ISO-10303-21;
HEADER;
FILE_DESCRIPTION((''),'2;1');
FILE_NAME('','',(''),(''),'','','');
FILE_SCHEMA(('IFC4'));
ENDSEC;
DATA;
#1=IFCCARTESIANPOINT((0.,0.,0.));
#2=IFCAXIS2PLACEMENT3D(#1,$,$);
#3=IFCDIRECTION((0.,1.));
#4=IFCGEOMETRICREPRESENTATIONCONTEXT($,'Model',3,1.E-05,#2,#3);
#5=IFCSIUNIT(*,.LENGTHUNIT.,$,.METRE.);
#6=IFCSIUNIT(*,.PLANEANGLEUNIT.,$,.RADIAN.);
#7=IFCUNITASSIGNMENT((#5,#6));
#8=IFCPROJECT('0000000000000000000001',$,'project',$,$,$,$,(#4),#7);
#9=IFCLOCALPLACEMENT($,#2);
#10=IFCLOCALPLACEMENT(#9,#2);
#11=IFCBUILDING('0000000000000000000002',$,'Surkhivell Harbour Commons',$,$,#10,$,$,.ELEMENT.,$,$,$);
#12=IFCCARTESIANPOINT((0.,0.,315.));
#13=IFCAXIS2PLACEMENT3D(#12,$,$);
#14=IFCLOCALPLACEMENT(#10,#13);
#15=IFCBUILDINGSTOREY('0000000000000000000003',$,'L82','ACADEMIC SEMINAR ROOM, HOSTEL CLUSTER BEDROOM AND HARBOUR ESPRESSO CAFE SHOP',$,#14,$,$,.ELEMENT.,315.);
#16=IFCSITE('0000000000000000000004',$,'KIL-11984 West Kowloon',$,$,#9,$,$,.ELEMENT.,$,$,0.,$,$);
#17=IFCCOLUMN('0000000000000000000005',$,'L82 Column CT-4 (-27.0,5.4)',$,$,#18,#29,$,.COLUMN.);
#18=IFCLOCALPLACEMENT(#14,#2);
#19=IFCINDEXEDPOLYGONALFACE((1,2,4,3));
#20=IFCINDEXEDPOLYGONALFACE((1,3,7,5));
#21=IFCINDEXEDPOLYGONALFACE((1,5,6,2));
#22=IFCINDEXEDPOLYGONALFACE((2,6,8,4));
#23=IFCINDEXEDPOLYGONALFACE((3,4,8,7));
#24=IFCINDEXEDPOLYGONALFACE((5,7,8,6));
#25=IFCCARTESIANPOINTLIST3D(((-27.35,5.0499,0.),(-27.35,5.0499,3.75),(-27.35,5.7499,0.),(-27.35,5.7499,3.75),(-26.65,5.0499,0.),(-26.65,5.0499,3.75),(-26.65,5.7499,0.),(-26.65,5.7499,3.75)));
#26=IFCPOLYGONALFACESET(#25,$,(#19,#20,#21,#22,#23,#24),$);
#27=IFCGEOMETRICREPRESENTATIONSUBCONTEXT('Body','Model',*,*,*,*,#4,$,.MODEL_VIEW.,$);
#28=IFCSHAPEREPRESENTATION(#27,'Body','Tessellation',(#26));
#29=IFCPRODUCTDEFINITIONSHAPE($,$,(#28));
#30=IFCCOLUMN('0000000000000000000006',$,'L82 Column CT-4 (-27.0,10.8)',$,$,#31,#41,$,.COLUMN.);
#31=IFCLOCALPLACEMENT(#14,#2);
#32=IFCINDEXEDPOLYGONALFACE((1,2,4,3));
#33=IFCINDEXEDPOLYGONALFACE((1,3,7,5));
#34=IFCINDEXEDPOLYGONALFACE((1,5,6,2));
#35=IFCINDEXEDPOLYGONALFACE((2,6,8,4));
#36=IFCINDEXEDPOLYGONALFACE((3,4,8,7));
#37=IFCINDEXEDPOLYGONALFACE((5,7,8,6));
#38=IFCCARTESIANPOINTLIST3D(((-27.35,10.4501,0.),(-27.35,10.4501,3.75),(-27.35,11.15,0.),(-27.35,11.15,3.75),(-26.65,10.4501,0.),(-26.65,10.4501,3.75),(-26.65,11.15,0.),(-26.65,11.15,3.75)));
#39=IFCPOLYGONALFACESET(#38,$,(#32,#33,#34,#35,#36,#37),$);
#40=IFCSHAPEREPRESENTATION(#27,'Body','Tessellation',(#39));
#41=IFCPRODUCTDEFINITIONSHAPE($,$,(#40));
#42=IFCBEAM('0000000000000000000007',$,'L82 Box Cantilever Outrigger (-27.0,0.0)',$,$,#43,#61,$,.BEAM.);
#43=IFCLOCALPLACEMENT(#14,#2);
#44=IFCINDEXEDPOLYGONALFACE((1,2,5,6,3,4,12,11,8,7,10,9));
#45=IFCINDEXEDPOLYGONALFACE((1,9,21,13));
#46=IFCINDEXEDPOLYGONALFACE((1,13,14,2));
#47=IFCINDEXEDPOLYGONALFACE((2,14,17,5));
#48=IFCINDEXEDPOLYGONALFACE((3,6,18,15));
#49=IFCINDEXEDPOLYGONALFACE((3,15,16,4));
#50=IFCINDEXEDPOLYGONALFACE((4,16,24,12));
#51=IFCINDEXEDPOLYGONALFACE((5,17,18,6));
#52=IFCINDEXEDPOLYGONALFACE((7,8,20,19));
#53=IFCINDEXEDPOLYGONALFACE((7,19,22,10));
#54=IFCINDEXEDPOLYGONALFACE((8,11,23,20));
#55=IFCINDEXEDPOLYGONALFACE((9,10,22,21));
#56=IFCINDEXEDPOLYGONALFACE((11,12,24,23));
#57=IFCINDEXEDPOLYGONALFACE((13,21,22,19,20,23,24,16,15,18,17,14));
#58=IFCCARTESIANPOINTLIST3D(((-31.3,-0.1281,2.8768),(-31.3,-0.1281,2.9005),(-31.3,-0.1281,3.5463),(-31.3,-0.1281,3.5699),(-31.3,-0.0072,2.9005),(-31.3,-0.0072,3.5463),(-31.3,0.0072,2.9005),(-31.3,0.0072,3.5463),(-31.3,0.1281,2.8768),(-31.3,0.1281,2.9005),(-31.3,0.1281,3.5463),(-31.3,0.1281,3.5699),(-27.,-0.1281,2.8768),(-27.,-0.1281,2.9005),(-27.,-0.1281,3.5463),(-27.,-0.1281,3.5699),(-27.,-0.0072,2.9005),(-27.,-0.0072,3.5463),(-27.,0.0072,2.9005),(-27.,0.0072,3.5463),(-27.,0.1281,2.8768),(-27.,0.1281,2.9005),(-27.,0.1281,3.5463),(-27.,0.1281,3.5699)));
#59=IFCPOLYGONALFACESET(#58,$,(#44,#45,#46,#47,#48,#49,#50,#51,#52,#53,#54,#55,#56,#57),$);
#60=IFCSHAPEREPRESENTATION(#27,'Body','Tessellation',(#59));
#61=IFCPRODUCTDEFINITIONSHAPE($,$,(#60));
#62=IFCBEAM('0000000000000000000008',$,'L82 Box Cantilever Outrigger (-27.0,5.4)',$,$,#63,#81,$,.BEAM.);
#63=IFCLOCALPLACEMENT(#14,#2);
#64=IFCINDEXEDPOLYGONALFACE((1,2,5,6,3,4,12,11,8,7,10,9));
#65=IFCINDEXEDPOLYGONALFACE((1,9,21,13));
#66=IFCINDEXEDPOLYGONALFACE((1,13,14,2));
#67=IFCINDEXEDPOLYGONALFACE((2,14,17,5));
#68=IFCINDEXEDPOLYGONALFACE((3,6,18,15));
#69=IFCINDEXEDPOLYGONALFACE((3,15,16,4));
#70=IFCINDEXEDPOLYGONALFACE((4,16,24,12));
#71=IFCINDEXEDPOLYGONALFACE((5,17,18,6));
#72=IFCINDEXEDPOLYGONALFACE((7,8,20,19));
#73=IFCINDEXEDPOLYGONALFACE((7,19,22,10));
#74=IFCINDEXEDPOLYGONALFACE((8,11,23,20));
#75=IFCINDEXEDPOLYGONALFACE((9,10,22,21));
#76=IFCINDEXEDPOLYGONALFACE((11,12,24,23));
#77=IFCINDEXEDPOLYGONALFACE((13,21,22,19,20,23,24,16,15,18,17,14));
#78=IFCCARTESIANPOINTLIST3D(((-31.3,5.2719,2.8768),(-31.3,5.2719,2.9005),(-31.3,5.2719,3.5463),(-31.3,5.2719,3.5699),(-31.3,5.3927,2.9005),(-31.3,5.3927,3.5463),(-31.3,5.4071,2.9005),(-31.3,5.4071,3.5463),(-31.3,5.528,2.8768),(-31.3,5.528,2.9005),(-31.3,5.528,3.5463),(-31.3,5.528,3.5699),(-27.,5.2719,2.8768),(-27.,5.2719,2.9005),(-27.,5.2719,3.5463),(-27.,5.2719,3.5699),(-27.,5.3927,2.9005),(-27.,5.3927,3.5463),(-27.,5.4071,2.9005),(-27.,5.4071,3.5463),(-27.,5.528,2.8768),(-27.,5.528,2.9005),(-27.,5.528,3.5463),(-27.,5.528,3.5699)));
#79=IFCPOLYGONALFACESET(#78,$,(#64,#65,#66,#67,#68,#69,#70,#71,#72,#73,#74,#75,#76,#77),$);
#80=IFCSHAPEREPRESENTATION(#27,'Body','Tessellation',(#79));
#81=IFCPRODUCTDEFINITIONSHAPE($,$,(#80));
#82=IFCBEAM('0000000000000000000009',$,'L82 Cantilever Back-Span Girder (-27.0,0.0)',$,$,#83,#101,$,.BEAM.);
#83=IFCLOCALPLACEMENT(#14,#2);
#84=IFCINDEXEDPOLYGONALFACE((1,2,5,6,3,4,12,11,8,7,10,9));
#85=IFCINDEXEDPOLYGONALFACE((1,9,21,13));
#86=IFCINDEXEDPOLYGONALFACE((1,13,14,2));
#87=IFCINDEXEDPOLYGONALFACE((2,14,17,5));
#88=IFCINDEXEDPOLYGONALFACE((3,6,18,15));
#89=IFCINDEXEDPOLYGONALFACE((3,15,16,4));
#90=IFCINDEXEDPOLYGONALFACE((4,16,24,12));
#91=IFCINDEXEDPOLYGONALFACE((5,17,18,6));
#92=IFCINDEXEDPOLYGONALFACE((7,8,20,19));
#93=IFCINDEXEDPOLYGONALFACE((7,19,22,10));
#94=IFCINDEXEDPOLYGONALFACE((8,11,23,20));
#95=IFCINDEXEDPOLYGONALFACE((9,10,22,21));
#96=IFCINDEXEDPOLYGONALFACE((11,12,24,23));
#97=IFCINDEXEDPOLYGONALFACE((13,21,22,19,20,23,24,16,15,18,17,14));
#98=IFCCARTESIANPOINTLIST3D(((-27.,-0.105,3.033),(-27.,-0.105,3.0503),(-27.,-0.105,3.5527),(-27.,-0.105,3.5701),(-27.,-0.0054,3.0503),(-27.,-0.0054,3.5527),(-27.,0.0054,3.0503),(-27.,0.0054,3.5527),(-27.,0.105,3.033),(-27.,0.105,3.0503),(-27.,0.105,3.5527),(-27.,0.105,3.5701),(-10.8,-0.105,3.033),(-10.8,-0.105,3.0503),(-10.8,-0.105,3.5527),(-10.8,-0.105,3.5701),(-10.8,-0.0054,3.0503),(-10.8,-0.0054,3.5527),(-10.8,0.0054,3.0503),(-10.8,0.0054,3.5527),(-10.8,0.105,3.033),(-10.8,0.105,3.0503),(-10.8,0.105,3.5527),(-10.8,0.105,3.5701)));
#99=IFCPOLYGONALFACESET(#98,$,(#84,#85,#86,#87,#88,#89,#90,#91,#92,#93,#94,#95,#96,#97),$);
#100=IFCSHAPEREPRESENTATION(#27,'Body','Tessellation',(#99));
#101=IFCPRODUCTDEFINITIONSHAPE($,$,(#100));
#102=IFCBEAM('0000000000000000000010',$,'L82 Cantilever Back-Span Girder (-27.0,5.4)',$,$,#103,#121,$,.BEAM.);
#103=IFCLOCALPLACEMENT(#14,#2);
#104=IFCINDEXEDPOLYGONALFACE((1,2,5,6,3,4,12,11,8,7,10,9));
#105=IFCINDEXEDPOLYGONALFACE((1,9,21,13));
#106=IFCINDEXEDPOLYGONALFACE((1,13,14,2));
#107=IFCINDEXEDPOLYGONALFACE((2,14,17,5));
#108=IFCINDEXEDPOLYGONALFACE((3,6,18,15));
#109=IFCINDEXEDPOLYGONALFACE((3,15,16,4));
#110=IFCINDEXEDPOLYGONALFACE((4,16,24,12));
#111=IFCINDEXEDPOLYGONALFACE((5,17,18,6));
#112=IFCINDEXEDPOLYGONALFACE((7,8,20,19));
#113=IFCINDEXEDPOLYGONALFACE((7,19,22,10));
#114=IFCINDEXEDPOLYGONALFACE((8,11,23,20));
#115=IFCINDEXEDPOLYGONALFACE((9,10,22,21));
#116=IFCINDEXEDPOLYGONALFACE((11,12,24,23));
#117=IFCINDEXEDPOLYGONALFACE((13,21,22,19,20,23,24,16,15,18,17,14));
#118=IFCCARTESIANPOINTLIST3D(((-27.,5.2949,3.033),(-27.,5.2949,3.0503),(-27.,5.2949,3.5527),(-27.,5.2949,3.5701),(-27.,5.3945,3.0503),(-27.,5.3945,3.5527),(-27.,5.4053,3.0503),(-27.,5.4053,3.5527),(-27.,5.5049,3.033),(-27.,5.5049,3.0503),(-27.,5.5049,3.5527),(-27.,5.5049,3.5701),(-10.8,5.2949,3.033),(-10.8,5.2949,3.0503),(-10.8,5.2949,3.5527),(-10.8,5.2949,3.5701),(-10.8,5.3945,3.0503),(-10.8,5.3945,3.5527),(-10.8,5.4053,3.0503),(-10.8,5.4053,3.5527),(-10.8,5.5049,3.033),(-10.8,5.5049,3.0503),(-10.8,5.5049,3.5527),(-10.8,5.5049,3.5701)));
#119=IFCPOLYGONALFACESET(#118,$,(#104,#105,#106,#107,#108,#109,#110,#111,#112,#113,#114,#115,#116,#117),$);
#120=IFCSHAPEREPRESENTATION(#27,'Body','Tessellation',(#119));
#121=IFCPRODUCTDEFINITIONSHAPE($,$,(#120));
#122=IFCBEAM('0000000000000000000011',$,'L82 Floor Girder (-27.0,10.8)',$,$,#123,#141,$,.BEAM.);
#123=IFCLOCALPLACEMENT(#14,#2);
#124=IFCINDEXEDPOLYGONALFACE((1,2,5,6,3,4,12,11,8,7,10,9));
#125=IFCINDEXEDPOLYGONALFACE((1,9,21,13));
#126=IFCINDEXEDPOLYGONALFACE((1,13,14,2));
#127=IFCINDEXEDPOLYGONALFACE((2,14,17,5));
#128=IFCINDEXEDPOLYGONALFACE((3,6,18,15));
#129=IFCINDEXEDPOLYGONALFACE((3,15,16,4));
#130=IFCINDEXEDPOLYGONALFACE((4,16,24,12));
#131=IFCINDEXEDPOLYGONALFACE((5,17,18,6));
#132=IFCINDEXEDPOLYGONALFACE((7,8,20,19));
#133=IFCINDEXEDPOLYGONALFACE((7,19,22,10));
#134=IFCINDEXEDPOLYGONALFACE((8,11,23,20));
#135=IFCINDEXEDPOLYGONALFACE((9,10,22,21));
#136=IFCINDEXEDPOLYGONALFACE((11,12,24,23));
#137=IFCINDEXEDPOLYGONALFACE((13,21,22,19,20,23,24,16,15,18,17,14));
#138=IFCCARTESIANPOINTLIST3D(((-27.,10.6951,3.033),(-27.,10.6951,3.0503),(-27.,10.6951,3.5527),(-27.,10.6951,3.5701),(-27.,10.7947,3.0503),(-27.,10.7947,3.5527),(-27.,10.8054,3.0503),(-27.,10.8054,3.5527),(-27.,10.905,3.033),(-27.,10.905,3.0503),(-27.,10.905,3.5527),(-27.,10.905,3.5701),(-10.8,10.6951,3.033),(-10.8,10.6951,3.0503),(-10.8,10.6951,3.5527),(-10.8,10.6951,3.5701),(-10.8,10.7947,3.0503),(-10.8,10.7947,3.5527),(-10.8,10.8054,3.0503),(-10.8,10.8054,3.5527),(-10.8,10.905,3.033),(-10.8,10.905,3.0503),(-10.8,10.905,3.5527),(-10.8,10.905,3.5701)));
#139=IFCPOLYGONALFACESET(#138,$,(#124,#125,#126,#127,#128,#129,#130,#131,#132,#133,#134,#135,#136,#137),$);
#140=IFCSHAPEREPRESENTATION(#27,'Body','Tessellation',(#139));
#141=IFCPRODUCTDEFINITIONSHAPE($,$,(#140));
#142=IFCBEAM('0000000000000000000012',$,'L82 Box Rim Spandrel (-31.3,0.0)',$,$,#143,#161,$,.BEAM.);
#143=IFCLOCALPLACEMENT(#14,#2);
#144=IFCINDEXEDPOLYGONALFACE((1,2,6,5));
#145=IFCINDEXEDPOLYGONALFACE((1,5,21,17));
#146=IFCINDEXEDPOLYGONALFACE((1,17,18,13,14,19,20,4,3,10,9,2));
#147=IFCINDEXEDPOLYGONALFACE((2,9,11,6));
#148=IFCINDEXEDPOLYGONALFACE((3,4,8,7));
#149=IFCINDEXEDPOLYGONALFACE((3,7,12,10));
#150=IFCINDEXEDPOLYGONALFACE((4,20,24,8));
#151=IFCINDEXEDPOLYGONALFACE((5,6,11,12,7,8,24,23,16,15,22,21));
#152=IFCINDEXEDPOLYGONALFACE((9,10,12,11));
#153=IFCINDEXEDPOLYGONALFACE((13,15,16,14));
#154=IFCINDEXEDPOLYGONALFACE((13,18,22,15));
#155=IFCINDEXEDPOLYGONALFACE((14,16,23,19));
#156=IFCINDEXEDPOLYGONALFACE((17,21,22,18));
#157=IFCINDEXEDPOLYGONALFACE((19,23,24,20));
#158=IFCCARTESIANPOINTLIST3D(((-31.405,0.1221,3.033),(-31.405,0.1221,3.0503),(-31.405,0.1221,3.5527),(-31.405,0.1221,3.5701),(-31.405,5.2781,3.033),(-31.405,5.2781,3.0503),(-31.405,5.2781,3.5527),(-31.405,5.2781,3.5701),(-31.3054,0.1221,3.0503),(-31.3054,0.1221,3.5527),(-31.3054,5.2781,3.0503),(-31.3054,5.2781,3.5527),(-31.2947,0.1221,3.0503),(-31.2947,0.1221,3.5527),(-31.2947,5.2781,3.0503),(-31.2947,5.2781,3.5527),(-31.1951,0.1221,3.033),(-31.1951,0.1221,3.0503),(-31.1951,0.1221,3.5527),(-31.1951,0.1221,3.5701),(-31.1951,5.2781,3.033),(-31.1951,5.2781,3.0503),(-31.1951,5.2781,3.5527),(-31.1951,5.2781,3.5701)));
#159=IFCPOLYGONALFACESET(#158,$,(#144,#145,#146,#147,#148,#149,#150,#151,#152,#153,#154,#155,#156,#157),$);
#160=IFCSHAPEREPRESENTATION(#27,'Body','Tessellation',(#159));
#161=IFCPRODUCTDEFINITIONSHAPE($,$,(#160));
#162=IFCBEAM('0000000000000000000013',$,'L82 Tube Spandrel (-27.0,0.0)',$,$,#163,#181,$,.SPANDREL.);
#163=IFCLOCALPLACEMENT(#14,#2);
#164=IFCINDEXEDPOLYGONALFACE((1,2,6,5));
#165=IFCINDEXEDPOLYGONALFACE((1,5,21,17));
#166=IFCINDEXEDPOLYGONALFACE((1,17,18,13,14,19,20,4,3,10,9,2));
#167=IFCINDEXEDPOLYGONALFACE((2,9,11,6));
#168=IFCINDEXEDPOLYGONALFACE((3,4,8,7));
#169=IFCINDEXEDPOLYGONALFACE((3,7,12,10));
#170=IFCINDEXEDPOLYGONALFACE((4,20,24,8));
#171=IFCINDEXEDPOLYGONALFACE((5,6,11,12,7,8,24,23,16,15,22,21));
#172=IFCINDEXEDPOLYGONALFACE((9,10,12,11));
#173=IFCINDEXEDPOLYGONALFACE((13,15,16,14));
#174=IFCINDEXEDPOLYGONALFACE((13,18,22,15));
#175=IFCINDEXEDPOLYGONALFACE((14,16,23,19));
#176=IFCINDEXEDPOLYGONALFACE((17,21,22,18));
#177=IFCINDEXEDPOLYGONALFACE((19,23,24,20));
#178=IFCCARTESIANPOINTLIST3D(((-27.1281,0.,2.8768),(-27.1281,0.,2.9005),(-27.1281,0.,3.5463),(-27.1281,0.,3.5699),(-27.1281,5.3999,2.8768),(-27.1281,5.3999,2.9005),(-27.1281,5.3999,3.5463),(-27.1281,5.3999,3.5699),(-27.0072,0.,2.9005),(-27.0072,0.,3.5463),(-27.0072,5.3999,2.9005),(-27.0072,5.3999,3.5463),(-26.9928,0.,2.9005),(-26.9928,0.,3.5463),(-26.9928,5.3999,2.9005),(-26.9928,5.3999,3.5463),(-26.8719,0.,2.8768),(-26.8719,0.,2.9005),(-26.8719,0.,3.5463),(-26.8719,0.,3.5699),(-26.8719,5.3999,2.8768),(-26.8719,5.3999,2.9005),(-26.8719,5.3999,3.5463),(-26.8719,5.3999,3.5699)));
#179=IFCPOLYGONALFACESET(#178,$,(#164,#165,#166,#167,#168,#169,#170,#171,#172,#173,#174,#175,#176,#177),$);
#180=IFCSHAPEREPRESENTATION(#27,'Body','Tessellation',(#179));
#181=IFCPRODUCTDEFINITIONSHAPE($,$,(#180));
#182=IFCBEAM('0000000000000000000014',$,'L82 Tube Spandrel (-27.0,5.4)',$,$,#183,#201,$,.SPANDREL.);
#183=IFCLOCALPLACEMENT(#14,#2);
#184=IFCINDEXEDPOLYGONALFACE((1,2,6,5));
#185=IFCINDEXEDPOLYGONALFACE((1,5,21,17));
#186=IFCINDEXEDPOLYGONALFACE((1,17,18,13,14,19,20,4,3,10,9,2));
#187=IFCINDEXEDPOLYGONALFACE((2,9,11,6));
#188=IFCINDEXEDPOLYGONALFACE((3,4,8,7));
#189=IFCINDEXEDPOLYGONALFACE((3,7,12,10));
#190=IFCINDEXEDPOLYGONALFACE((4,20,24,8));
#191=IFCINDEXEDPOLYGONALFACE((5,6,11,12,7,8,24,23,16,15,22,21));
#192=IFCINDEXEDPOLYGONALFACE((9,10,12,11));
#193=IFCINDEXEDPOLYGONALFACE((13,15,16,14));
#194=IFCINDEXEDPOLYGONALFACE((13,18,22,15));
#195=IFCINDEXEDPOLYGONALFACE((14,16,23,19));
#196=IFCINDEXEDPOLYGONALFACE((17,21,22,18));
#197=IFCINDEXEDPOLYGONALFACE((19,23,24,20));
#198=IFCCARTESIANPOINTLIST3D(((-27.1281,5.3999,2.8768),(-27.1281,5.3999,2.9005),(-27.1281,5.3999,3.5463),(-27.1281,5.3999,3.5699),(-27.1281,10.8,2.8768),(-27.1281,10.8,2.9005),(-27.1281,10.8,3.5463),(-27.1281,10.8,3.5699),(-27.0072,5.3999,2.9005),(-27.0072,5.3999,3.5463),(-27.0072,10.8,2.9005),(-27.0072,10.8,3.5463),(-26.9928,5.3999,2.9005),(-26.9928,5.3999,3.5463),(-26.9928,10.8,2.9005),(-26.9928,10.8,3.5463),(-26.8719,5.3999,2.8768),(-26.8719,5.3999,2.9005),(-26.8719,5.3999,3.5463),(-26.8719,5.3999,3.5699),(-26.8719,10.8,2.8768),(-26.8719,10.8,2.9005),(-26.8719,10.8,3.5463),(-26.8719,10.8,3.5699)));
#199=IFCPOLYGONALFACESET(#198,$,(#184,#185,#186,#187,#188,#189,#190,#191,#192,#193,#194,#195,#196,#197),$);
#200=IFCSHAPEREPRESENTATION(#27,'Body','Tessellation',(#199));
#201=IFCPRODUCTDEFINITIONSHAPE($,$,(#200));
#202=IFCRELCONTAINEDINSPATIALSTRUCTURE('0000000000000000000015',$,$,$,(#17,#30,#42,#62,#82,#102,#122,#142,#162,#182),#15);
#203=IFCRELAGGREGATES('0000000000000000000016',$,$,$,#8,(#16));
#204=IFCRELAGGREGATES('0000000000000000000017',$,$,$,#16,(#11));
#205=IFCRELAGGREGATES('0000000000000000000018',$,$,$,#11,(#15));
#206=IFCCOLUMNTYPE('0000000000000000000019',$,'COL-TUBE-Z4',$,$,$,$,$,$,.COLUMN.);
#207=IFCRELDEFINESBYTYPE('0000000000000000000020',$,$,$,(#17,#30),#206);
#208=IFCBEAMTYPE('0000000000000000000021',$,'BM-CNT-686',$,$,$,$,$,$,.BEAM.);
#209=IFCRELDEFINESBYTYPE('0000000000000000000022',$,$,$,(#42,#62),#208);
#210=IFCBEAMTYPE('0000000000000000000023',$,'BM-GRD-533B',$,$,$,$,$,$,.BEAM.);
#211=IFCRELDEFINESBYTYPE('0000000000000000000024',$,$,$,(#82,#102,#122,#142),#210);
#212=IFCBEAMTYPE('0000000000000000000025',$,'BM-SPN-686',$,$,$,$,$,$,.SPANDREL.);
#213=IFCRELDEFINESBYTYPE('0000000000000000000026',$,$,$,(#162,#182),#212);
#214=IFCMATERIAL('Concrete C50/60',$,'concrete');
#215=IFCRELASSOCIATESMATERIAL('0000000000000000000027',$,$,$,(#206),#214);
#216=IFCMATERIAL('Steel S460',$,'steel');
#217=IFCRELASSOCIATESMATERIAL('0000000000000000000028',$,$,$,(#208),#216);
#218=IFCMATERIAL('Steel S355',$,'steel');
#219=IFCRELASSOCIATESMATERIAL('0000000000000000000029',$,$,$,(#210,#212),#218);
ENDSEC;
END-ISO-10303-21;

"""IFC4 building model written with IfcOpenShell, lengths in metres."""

from ifc_helpers import new_model, si_unit, direction, frame, origin, origin_2d, place, context, subcontext, project, spatial, rectangle, i_section, extrude, material, material_profile, profile_set, type_object, element, save


model = new_model("IFC4")

# Units and contexts
model_context = context("Model", 3, precision=1e-05, world=origin(), true_north=direction((0.0, 1.0)))
body_context = subcontext(model_context, "Body", "Model", "MODEL_VIEW")
ifc_project = project(units=[si_unit("LENGTHUNIT", "METRE"), si_unit("PLANEANGLEUNIT", "RADIAN")], contexts=[model_context])

# Site, building, storey
site_placement = place(None, origin())
site = spatial("IfcSite", under=ifc_project, at=site_placement, Name="KIL-11984 West Kowloon", CompositionType="ELEMENT", RefElevation=0.0)
building_placement = place(site_placement, origin())
building = spatial("IfcBuilding", under=site, at=building_placement, Name="Surkhivell Harbour Commons", CompositionType="ELEMENT")
storey_placement = place(building_placement, frame((0.0, 0.0, 315.0)))
storey = spatial("IfcBuildingStorey", under=building, at=storey_placement, Name="L82", Description="ACADEMIC SEMINAR ROOM, HOSTEL CLUSTER BEDROOM AND HARBOUR ESPRESSO CAFE SHOP", CompositionType="ELEMENT", Elevation=315.0)

# Columns
ifc_material_1 = material(Name="Concrete C50/60", Category="concrete")
ifc_material_profile_1 = material_profile(ifc_material_1, rectangle(XDim=0.7, YDim=0.7, at=origin_2d()), Name="RC-COL-700x700")
ifc_profile_set_1 = profile_set([ifc_material_profile_1], Name="Concrete C50/60")
column_type = type_object("IfcColumnType", Name="COL-TUBE-Z4", PredefinedType="COLUMN", material=ifc_profile_set_1)
for number, where, z_axis, x_axis, name in (
    (1, (-27.0, 5.3999, 0.0), (0.0, 0.0, 1.0), (1.0, 0.0, 0.0), "L82 Column CT-4 (-27.0,5.4)"),
    (2, (-27.0, 10.8, 0.0), (0.0, 0.0, 1.0), (1.0, 0.0, 0.0), "L82 Column CT-4 (-27.0,10.8)"),
):
    element("IfcColumn", number, at=place(storey_placement, frame(where, z_axis=z_axis, x_axis=x_axis)), inside=storey, type_object=column_type, Name=name, PredefinedType="COLUMN", context=body_context, shape_type="SweptSolid", body=[
        extrude(rectangle(XDim=0.7, YDim=0.7, at=origin_2d()), origin(), (0.0, 0.0, 1.0), 3.75),
    ])

# Beams
ifc_material_2 = material(Name="Steel S460", Category="steel")
ifc_material_profile_2 = material_profile(ifc_material_2, i_section(OverallWidth=0.2561, OverallDepth=0.6931, WebThickness=0.0144, FlangeThickness=0.0237, at=origin_2d()), Name="UB686x254x170")
ifc_profile_set_2 = profile_set([ifc_material_profile_2], Name="Steel S460")
beam_type_1 = type_object("IfcBeamType", Name="BM-CNT-686", PredefinedType="BEAM", material=ifc_profile_set_2)
for number, where, z_axis, x_axis, name in (
    (3, (-27.0, 0.0, 3.2234), (-1.0, 0.0, 0.0), (0.0, -1.0, 0.0), "L82 Box Cantilever Outrigger (-27.0,0.0)"),
    (4, (-27.0, 5.3999, 3.2234), (-1.0, 0.0, 0.0), (0.0, -1.0, 0.0), "L82 Box Cantilever Outrigger (-27.0,5.4)"),
):
    element("IfcBeam", number, at=place(storey_placement, frame(where, z_axis=z_axis, x_axis=x_axis)), inside=storey, type_object=beam_type_1, Name=name, PredefinedType="BEAM", context=body_context, shape_type="SweptSolid", body=[
        extrude(i_section(OverallWidth=0.2561, OverallDepth=0.6931, WebThickness=0.0144, FlangeThickness=0.0237, at=origin_2d()), origin(), (0.0, 0.0, 1.0), 4.3),
    ])
ifc_material_3 = material(Name="Steel S355", Category="steel")
ifc_material_profile_3 = material_profile(ifc_material_3, i_section(OverallWidth=0.21, OverallDepth=0.5371, WebThickness=0.0107, FlangeThickness=0.0173, at=origin_2d()), Name="UB533x210x101")
ifc_profile_set_3 = profile_set([ifc_material_profile_3], Name="Steel S355")
beam_type_2 = type_object("IfcBeamType", Name="BM-GRD-533B", PredefinedType="BEAM", material=ifc_profile_set_3)
for number, where, z_axis, x_axis, name in (
    (5, (-27.0, 0.0, 3.3015), (1.0, 0.0, 0.0), (0.0, 1.0, 0.0), "L82 Cantilever Back-Span Girder (-27.0,0.0)"),
    (6, (-27.0, 5.3999, 3.3015), (1.0, 0.0, 0.0), (0.0, 1.0, 0.0), "L82 Cantilever Back-Span Girder (-27.0,5.4)"),
    (7, (-27.0, 10.8, 3.3015), (1.0, 0.0, 0.0), (0.0, 1.0, 0.0), "L82 Floor Girder (-27.0,10.8)"),
):
    element("IfcBeam", number, at=place(storey_placement, frame(where, z_axis=z_axis, x_axis=x_axis)), inside=storey, type_object=beam_type_2, Name=name, PredefinedType="BEAM", context=body_context, shape_type="SweptSolid", body=[
        extrude(i_section(OverallWidth=0.21, OverallDepth=0.5371, WebThickness=0.0107, FlangeThickness=0.0173, at=origin_2d()), origin(), (0.0, 0.0, 1.0), 16.2),
    ])
beam_1_placement = place(storey_placement, frame((-31.3, 0.1221, 3.3015), z_axis=(0.0, 1.0, 0.0), x_axis=(-1.0, 0.0, 0.0)))
element("IfcBeam", 8, at=beam_1_placement, inside=storey, type_object=beam_type_2, Name="L82 Box Rim Spandrel (-31.3,0.0)", PredefinedType="BEAM", context=body_context, shape_type="SweptSolid", body=[
    extrude(i_section(OverallWidth=0.21, OverallDepth=0.5371, WebThickness=0.0107, FlangeThickness=0.0173, at=origin_2d()), origin(), (0.0, 0.0, 1.0), 5.156),
])
ifc_material_profile_4 = material_profile(ifc_material_3, i_section(OverallWidth=0.2561, OverallDepth=0.6931, WebThickness=0.0144, FlangeThickness=0.0237, at=origin_2d()), Name="UB686x254x170")
ifc_profile_set_4 = profile_set([ifc_material_profile_4], Name="Steel S355")
beam_type_3 = type_object("IfcBeamType", Name="BM-SPN-686", PredefinedType="SPANDREL", material=ifc_profile_set_4)
beam_2_placement = place(storey_placement, frame((-27.0, 0.0, 3.2234), z_axis=(0.0, 1.0, 0.0), x_axis=(-1.0, 0.0, 0.0)))
element("IfcBeam", 9, at=beam_2_placement, inside=storey, type_object=beam_type_3, Name="L82 Tube Spandrel (-27.0,0.0)", PredefinedType="SPANDREL", context=body_context, shape_type="SweptSolid", body=[
    extrude(i_section(OverallWidth=0.2561, OverallDepth=0.6931, WebThickness=0.0144, FlangeThickness=0.0237, at=origin_2d()), origin(), (0.0, 0.0, 1.0), 5.3999),
])
beam_3_placement = place(storey_placement, frame((-27.0, 5.3999, 3.2234), z_axis=(0.0, 1.0, 0.0), x_axis=(-1.0, 0.0, 0.0)))
element("IfcBeam", 10, at=beam_3_placement, inside=storey, type_object=beam_type_3, Name="L82 Tube Spandrel (-27.0,5.4)", PredefinedType="SPANDREL", context=body_context, shape_type="SweptSolid", body=[
    extrude(i_section(OverallWidth=0.2561, OverallDepth=0.6931, WebThickness=0.0144, FlangeThickness=0.0237, at=origin_2d()), origin(), (0.0, 0.0, 1.0), 5.4001),
])

save(model, "model.ifc")
